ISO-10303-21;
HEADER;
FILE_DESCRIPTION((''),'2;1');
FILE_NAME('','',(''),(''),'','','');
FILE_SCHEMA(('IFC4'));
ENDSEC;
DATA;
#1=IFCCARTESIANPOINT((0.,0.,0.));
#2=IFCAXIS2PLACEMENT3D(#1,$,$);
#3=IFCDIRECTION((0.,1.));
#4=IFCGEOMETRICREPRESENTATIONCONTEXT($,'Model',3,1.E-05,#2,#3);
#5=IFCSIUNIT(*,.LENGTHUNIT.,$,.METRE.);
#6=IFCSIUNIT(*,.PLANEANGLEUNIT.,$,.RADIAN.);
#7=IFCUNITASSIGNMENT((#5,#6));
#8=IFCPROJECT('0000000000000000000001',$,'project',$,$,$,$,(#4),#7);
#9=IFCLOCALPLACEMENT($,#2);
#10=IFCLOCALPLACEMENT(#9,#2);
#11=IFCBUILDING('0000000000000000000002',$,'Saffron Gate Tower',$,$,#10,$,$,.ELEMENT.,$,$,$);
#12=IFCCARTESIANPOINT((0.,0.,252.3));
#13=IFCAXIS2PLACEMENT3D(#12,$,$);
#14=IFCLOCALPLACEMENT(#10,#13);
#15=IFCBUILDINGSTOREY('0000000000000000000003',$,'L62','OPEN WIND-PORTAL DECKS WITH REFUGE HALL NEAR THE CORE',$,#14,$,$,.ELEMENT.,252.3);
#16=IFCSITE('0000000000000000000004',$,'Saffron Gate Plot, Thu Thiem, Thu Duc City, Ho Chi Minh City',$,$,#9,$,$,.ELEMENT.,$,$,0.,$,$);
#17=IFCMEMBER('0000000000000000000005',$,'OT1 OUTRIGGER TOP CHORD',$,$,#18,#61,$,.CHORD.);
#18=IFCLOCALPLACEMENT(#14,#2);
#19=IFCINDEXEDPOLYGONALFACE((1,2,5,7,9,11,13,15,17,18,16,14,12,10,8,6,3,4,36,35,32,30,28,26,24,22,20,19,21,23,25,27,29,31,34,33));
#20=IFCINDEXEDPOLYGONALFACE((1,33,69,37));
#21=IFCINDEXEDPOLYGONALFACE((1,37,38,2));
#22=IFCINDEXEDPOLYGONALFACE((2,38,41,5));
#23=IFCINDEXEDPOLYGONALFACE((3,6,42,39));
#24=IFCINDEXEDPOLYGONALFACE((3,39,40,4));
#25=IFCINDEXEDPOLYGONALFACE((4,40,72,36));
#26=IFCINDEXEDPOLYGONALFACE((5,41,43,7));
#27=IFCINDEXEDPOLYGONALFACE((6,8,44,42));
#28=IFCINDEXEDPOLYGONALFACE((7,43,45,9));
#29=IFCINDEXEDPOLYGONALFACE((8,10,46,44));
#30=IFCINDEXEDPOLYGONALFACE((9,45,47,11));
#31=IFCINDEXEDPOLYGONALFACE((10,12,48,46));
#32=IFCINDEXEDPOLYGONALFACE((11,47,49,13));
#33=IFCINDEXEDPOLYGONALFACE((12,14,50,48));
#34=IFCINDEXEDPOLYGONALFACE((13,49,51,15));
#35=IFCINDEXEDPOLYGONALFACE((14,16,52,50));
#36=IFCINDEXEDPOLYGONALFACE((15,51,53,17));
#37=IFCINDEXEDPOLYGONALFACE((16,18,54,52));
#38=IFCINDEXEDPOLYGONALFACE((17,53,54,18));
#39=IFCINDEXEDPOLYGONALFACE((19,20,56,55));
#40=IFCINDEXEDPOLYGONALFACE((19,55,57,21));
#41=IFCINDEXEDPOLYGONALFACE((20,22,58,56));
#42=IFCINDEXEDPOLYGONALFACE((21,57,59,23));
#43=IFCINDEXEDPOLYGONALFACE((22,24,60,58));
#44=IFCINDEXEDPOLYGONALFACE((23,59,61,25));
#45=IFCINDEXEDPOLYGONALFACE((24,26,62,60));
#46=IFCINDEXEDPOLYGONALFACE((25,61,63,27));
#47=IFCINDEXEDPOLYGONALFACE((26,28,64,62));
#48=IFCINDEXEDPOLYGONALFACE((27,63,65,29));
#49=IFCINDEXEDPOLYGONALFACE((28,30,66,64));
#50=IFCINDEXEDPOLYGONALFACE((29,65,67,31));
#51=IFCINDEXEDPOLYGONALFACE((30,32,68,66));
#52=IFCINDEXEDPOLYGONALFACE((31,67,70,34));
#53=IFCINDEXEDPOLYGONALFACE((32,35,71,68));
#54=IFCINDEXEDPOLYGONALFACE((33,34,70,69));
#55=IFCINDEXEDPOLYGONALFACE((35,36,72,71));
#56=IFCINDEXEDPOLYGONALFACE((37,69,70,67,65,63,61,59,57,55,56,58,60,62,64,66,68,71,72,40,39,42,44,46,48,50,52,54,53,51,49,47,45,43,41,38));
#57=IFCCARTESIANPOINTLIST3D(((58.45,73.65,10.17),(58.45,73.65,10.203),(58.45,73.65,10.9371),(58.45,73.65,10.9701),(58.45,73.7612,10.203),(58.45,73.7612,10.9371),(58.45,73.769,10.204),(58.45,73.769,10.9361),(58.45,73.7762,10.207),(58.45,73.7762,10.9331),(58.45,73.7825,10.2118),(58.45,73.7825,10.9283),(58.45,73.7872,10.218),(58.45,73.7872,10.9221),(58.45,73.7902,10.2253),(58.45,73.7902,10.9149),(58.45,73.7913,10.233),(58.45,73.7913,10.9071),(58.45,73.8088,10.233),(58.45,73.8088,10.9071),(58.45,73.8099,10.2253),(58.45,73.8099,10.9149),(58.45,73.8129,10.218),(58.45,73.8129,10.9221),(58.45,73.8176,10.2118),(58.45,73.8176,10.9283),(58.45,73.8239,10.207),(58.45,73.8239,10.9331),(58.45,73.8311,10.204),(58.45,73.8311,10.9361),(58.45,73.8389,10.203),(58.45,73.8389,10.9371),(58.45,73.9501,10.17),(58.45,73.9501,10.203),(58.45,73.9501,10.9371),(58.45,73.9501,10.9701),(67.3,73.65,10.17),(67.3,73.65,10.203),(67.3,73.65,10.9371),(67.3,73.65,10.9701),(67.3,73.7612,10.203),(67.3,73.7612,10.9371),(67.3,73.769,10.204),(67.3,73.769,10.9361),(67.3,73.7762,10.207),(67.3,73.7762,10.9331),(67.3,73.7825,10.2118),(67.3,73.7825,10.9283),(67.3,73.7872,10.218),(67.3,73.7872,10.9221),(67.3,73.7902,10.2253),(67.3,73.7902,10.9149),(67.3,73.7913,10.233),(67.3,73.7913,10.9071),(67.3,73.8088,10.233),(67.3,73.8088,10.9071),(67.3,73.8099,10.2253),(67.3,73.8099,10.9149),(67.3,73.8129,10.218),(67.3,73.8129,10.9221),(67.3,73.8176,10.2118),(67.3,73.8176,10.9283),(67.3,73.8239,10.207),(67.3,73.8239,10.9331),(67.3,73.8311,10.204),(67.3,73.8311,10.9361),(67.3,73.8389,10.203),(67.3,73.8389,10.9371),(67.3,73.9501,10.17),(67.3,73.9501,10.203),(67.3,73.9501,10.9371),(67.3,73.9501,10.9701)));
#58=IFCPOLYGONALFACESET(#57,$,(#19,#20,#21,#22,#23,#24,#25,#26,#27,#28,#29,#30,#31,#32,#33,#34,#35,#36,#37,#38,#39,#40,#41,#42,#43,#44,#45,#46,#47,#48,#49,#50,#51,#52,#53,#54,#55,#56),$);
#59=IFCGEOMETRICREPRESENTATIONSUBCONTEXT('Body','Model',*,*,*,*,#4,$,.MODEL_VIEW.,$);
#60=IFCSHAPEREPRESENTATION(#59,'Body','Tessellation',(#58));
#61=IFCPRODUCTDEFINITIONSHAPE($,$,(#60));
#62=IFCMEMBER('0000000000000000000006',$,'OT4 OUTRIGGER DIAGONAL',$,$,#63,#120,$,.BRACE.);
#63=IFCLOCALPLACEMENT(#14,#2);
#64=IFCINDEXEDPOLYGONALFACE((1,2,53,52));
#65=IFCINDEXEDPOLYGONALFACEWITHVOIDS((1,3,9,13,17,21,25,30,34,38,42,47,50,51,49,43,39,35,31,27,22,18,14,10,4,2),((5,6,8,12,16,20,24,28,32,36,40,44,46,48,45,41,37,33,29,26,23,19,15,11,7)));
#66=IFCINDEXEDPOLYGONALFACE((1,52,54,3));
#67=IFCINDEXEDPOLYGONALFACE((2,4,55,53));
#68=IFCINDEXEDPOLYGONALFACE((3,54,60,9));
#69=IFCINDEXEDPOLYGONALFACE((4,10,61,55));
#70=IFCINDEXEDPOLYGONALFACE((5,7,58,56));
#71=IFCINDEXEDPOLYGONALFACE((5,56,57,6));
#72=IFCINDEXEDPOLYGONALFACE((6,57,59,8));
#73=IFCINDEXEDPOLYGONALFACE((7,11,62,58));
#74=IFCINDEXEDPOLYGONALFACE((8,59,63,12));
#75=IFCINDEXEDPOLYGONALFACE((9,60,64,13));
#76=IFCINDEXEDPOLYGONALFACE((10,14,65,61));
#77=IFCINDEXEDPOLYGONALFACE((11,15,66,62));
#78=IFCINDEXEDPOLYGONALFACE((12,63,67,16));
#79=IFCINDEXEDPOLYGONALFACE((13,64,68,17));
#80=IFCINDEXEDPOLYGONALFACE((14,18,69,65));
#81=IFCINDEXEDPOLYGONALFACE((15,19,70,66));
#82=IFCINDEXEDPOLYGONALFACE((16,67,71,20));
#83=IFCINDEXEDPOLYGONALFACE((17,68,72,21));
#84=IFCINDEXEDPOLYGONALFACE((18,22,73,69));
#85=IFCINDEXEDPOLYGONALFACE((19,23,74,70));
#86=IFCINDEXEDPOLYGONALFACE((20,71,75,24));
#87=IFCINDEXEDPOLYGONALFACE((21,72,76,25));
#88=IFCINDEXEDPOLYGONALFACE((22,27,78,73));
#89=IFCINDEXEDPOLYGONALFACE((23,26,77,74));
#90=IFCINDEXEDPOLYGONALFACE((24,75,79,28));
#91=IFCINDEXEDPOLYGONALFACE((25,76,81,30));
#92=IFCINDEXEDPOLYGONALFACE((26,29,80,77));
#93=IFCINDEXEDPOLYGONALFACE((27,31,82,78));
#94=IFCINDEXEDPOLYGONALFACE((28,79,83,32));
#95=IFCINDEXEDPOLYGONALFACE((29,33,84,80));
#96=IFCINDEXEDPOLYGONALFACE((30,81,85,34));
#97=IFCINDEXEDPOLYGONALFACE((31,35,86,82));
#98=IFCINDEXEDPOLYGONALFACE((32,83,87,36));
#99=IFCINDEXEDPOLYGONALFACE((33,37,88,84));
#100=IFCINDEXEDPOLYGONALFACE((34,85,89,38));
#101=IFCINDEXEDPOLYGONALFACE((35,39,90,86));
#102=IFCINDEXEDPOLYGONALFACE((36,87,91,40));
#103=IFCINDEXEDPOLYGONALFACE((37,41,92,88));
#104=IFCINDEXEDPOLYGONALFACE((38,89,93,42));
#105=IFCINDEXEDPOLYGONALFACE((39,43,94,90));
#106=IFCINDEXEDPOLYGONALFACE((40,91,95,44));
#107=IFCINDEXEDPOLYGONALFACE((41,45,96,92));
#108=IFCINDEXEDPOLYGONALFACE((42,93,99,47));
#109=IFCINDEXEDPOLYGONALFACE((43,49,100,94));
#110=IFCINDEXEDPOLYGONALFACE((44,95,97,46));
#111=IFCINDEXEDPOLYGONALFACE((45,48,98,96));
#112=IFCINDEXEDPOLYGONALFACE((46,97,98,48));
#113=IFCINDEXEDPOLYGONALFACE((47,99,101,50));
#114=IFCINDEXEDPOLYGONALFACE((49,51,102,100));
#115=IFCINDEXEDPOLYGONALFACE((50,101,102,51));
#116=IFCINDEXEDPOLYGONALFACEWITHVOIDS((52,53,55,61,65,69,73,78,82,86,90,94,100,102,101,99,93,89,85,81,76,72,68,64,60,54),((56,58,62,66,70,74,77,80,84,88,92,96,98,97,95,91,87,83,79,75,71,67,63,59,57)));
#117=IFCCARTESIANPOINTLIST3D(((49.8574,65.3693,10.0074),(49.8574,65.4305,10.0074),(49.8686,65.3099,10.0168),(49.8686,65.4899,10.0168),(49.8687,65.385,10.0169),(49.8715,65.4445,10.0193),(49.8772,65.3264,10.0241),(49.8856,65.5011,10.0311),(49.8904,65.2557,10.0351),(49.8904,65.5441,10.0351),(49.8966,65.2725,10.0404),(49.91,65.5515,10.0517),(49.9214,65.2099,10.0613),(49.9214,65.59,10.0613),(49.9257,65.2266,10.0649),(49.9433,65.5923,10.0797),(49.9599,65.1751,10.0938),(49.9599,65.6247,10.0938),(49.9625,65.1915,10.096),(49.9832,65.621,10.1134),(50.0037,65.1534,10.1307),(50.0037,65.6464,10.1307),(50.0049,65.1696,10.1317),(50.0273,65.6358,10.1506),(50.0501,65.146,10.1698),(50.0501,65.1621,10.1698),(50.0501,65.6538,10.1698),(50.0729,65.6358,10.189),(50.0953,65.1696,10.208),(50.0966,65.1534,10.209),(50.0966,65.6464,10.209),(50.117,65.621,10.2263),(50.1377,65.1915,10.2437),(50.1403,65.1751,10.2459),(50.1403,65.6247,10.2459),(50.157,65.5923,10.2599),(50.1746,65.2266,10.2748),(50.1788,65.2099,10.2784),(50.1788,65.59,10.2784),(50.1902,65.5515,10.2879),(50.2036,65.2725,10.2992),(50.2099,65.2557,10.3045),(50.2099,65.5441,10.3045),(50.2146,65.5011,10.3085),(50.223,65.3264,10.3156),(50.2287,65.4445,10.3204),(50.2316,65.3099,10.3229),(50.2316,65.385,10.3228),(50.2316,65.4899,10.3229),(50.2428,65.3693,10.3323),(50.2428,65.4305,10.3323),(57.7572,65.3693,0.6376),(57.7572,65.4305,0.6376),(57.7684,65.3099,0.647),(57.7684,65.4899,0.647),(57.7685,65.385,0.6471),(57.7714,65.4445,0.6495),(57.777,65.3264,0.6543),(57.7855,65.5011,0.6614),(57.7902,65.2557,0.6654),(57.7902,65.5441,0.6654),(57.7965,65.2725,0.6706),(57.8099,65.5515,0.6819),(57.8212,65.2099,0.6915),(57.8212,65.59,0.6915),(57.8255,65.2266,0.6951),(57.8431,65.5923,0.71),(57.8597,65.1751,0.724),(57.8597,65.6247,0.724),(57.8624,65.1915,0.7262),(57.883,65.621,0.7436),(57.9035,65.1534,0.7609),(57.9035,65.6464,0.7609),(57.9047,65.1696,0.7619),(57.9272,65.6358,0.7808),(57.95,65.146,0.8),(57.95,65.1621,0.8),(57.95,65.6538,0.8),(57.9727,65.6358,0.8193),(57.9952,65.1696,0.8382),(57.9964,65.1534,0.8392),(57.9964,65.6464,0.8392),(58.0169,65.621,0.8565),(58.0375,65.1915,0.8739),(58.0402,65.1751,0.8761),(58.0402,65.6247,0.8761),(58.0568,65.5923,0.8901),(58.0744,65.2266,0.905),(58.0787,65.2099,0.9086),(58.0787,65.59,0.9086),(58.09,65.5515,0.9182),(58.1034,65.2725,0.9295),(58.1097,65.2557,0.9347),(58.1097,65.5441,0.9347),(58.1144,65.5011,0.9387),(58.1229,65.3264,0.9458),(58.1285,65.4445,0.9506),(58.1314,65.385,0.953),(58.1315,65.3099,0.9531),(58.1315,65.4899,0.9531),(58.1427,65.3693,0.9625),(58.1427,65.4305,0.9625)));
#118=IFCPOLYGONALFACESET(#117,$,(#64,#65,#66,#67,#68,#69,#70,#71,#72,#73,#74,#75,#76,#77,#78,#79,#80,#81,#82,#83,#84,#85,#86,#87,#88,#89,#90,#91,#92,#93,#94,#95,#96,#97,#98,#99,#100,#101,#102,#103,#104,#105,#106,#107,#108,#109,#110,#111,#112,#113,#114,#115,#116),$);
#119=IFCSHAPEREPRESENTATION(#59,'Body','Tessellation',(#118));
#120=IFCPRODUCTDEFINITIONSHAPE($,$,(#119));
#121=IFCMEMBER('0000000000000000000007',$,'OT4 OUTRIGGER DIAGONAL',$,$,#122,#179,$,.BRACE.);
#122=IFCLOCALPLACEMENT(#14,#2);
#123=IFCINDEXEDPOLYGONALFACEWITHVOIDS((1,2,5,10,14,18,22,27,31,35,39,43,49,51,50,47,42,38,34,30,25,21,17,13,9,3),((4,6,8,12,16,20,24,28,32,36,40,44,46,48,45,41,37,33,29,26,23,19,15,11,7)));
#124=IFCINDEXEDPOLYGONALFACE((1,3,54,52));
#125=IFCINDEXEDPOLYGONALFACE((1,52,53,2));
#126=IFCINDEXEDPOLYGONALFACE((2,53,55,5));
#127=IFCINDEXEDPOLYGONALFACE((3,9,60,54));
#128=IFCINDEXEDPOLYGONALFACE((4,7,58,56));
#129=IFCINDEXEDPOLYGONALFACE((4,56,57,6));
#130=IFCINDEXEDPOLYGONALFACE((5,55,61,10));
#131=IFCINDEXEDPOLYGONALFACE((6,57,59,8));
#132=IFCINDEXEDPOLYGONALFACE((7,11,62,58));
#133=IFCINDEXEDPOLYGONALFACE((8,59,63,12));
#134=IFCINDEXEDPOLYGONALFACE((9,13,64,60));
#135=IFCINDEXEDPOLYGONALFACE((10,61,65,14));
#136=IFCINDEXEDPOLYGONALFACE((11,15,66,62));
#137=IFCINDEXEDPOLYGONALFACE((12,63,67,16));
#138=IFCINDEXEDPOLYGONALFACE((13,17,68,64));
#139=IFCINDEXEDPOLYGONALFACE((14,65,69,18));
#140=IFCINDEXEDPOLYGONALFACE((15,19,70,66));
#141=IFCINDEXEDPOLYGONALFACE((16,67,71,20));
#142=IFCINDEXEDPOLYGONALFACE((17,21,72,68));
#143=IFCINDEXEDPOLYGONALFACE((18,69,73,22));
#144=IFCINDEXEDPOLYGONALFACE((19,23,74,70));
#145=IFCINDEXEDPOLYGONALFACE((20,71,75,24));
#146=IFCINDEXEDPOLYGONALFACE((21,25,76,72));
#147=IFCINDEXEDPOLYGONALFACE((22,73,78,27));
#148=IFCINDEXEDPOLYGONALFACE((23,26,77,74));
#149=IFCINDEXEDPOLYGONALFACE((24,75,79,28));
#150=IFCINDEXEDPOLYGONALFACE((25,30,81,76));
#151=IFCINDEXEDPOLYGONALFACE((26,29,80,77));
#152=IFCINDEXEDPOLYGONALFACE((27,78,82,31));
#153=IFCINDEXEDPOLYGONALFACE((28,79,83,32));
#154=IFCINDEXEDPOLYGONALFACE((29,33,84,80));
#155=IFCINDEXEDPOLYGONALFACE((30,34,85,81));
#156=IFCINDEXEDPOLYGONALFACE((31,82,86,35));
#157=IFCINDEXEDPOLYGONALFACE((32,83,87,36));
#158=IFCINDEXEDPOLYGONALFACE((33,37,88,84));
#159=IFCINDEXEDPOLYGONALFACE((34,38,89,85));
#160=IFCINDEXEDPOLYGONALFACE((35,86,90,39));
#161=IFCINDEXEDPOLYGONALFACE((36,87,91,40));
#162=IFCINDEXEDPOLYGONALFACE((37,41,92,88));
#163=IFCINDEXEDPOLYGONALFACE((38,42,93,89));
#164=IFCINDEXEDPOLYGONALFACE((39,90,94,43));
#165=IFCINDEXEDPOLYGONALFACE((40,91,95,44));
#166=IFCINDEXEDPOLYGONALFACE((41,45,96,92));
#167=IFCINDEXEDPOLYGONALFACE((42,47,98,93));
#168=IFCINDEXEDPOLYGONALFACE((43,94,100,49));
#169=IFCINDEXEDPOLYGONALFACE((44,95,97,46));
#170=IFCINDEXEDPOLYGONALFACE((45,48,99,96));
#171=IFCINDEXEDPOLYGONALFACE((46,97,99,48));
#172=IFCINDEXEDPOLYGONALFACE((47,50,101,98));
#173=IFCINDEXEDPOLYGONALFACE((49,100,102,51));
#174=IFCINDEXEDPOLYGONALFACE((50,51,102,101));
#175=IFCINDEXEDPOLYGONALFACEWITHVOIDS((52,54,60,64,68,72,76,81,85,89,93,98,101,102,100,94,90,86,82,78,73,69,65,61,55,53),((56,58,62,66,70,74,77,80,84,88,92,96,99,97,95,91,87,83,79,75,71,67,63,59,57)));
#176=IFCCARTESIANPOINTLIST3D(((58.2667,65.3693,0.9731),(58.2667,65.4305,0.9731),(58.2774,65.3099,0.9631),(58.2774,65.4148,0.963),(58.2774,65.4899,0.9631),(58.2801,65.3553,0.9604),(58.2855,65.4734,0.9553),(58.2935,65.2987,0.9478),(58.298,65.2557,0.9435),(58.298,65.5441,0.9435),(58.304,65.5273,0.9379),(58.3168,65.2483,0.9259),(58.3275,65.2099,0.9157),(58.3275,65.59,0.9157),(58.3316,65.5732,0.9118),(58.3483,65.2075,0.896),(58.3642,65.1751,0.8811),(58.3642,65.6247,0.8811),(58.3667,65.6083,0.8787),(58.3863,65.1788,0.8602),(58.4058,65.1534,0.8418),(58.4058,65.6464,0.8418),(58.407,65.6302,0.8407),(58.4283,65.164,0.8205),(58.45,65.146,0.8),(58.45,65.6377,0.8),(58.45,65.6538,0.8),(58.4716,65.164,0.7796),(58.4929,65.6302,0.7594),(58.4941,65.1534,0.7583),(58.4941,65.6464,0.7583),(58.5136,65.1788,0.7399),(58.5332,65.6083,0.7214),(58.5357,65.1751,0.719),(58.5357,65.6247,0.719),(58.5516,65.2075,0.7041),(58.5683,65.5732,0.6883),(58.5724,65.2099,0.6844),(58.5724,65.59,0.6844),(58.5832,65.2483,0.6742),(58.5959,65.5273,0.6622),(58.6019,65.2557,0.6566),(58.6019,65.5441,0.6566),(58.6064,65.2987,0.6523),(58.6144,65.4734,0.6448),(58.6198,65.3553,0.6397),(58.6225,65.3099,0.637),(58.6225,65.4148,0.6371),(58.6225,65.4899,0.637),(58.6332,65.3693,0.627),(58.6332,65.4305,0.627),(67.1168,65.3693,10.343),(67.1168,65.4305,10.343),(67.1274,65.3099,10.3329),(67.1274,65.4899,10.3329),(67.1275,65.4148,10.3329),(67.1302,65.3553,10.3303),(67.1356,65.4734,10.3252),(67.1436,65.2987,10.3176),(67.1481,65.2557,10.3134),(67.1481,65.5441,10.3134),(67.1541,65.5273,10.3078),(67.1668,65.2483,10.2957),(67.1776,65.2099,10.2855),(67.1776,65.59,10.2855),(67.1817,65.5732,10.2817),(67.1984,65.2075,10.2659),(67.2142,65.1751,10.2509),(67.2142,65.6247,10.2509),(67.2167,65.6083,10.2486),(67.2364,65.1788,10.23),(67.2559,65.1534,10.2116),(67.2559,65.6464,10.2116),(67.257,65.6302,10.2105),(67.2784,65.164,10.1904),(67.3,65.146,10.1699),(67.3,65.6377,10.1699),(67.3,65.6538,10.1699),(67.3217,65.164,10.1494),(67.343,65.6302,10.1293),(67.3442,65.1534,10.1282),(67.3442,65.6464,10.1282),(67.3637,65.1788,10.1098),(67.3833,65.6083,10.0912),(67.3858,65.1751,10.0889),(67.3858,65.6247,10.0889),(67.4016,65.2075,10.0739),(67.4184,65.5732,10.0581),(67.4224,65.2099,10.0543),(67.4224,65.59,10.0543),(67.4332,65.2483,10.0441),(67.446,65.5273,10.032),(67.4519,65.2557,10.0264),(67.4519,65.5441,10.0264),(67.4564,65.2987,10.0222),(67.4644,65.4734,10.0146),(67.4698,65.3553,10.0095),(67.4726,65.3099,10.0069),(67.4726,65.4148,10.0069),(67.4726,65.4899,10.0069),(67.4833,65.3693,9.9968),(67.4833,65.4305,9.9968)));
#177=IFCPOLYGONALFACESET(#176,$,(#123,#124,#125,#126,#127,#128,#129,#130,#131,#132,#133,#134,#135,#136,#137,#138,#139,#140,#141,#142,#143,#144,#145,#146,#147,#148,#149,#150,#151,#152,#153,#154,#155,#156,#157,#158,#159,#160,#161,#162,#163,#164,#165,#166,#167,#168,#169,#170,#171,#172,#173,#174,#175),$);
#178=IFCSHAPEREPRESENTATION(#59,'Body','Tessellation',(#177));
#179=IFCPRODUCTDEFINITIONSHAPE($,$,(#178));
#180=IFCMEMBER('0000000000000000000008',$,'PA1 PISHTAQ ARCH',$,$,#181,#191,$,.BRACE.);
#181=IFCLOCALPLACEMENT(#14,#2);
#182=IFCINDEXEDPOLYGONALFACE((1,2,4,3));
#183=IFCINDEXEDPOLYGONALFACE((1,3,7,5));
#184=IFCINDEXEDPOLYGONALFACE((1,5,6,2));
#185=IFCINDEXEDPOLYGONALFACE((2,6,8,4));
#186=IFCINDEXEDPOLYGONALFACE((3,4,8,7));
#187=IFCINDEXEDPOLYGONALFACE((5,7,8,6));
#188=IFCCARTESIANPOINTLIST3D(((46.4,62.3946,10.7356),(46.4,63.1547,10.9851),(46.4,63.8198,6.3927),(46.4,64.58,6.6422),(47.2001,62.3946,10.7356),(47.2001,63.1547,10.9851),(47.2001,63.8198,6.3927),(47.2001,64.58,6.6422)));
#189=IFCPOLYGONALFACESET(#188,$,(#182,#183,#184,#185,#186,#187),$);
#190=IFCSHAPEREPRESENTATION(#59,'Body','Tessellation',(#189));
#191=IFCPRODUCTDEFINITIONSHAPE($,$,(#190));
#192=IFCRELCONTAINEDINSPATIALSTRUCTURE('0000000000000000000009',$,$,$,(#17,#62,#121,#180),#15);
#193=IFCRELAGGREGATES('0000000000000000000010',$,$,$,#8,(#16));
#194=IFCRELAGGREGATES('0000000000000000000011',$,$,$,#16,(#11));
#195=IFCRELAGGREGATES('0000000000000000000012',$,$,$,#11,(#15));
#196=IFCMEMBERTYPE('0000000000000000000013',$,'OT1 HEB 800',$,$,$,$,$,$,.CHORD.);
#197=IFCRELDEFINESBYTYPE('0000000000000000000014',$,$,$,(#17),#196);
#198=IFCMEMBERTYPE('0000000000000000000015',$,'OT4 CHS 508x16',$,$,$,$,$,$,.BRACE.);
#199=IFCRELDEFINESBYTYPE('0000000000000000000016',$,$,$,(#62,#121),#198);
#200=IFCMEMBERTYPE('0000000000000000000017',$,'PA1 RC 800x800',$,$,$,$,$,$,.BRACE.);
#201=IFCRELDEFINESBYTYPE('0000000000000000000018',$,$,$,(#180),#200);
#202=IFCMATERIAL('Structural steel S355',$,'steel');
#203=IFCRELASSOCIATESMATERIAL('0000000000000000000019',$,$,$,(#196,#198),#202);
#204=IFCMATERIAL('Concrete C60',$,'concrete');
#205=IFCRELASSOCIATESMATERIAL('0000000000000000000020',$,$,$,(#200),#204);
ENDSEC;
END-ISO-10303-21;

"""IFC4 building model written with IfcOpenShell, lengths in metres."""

from ifc_helpers import new_model, si_unit, direction, frame, origin, origin_2d, place, context, subcontext, project, spatial, rectangle, hollow_circle, i_section, extrude, material, material_profile, profile_set, type_object, element, save


model = new_model("IFC4")

# Units and contexts
model_context = context("Model", 3, precision=1e-05, world=origin(), true_north=direction((0.0, 1.0)))
body_context = subcontext(model_context, "Body", "Model", "MODEL_VIEW")
ifc_project = project(units=[si_unit("LENGTHUNIT", "METRE"), si_unit("PLANEANGLEUNIT", "RADIAN")], contexts=[model_context])

# Site, building, storey
site_placement = place(None, origin())
site = spatial("IfcSite", under=ifc_project, at=site_placement, Name="Saffron Gate Plot, Thu Thiem, Thu Duc City, Ho Chi Minh City", CompositionType="ELEMENT", RefElevation=0.0)
building_placement = place(site_placement, origin())
building = spatial("IfcBuilding", under=site, at=building_placement, Name="Saffron Gate Tower", CompositionType="ELEMENT")
storey_placement = place(building_placement, frame((0.0, 0.0, 252.3)))
storey = spatial("IfcBuildingStorey", under=building, at=storey_placement, Name="L62", Description="OPEN WIND-PORTAL DECKS WITH REFUGE HALL NEAR THE CORE", CompositionType="ELEMENT", Elevation=252.3)

# Members
ifc_material_1 = material(Name="Structural steel S355", Category="steel")
ifc_material_profile_1 = material_profile(ifc_material_1, i_section(OverallWidth=0.3, OverallDepth=0.8, WebThickness=0.0176, FlangeThickness=0.033, FilletRadius=0.03, at=origin_2d()))
ifc_profile_set_1 = profile_set([ifc_material_profile_1], Name="Structural steel S355")
member_type_1 = type_object("IfcMemberType", Name="OT1 HEB 800", PredefinedType="CHORD", material=ifc_profile_set_1)
for number, where, z_axis, x_axis, name in (
    (1, (58.45, 73.8, 10.5701), (1.0, 0.0, 0.0), (0.0, 1.0, 0.0), "OT1 OUTRIGGER TOP CHORD"),
):
    element("IfcMember", number, at=place(storey_placement, frame(where, z_axis=z_axis, x_axis=x_axis)), inside=storey, type_object=member_type_1, Name=name, PredefinedType="CHORD", context=body_context, shape_type="SweptSolid", body=[
        extrude(i_section(OverallWidth=0.3, OverallDepth=0.8, WebThickness=0.0176, FlangeThickness=0.033, FilletRadius=0.03, at=origin_2d()), origin(), (0.0, 0.0, 1.0), 8.8501),
    ])
ifc_material_profile_2 = material_profile(ifc_material_1, hollow_circle(Radius=0.2539, WallThickness=0.0161, at=origin_2d()))
ifc_profile_set_2 = profile_set([ifc_material_profile_2], Name="Structural steel S355")
member_type_2 = type_object("IfcMemberType", Name="OT4 CHS 508x16", PredefinedType="BRACE", material=ifc_profile_set_2)
member_1_placement = place(storey_placement, frame((57.95, 65.3999, 0.8), z_axis=(-0.644588, 0.0, 0.76453), x_axis=(0.0, -1.0, 0.0)))
element("IfcMember", 2, at=member_1_placement, inside=storey, type_object=member_type_2, Name="OT4 OUTRIGGER DIAGONAL", PredefinedType="BRACE", context=body_context, shape_type="SweptSolid", body=[
    extrude(hollow_circle(Radius=0.2539, WallThickness=0.0161, at=origin_2d()), origin(), (0.0, 0.0, 1.0), 12.2556),
])
member_2_placement = place(storey_placement, frame((58.45, 65.3999, 0.8), z_axis=(0.686655, 0.0, 0.726983), x_axis=(0.0, 1.0, 0.0)))
element("IfcMember", 3, at=member_2_placement, inside=storey, type_object=member_type_2, Name="OT4 OUTRIGGER DIAGONAL", PredefinedType="BRACE", context=body_context, shape_type="SweptSolid", body=[
    extrude(hollow_circle(Radius=0.2539, WallThickness=0.0161, at=origin_2d()), origin(), (0.0, 0.0, 1.0), 12.8887),
])
ifc_material_2 = material(Name="Concrete C60", Category="concrete")
ifc_material_profile_3 = material_profile(ifc_material_2, rectangle(XDim=0.8, YDim=0.8, at=origin_2d()))
ifc_profile_set_3 = profile_set([ifc_material_profile_3], Name="Concrete C60")
member_type_3 = type_object("IfcMemberType", Name="PA1 RC 800x800", PredefinedType="BRACE", material=ifc_profile_set_3)
member_3_placement = place(storey_placement, frame((46.8, 62.7747, 10.8604), z_axis=(0.0, 0.311818, -0.950142), x_axis=(-1.0, 0.0, 0.0)))
element("IfcMember", 4, at=member_3_placement, inside=storey, type_object=member_type_3, Name="PA1 PISHTAQ ARCH", PredefinedType="BRACE", context=body_context, shape_type="SweptSolid", body=[
    extrude(rectangle(XDim=0.8, YDim=0.8, at=origin_2d()), origin(), (0.0, 0.0, 1.0), 4.5708),
])

save(model, "model.ifc")
